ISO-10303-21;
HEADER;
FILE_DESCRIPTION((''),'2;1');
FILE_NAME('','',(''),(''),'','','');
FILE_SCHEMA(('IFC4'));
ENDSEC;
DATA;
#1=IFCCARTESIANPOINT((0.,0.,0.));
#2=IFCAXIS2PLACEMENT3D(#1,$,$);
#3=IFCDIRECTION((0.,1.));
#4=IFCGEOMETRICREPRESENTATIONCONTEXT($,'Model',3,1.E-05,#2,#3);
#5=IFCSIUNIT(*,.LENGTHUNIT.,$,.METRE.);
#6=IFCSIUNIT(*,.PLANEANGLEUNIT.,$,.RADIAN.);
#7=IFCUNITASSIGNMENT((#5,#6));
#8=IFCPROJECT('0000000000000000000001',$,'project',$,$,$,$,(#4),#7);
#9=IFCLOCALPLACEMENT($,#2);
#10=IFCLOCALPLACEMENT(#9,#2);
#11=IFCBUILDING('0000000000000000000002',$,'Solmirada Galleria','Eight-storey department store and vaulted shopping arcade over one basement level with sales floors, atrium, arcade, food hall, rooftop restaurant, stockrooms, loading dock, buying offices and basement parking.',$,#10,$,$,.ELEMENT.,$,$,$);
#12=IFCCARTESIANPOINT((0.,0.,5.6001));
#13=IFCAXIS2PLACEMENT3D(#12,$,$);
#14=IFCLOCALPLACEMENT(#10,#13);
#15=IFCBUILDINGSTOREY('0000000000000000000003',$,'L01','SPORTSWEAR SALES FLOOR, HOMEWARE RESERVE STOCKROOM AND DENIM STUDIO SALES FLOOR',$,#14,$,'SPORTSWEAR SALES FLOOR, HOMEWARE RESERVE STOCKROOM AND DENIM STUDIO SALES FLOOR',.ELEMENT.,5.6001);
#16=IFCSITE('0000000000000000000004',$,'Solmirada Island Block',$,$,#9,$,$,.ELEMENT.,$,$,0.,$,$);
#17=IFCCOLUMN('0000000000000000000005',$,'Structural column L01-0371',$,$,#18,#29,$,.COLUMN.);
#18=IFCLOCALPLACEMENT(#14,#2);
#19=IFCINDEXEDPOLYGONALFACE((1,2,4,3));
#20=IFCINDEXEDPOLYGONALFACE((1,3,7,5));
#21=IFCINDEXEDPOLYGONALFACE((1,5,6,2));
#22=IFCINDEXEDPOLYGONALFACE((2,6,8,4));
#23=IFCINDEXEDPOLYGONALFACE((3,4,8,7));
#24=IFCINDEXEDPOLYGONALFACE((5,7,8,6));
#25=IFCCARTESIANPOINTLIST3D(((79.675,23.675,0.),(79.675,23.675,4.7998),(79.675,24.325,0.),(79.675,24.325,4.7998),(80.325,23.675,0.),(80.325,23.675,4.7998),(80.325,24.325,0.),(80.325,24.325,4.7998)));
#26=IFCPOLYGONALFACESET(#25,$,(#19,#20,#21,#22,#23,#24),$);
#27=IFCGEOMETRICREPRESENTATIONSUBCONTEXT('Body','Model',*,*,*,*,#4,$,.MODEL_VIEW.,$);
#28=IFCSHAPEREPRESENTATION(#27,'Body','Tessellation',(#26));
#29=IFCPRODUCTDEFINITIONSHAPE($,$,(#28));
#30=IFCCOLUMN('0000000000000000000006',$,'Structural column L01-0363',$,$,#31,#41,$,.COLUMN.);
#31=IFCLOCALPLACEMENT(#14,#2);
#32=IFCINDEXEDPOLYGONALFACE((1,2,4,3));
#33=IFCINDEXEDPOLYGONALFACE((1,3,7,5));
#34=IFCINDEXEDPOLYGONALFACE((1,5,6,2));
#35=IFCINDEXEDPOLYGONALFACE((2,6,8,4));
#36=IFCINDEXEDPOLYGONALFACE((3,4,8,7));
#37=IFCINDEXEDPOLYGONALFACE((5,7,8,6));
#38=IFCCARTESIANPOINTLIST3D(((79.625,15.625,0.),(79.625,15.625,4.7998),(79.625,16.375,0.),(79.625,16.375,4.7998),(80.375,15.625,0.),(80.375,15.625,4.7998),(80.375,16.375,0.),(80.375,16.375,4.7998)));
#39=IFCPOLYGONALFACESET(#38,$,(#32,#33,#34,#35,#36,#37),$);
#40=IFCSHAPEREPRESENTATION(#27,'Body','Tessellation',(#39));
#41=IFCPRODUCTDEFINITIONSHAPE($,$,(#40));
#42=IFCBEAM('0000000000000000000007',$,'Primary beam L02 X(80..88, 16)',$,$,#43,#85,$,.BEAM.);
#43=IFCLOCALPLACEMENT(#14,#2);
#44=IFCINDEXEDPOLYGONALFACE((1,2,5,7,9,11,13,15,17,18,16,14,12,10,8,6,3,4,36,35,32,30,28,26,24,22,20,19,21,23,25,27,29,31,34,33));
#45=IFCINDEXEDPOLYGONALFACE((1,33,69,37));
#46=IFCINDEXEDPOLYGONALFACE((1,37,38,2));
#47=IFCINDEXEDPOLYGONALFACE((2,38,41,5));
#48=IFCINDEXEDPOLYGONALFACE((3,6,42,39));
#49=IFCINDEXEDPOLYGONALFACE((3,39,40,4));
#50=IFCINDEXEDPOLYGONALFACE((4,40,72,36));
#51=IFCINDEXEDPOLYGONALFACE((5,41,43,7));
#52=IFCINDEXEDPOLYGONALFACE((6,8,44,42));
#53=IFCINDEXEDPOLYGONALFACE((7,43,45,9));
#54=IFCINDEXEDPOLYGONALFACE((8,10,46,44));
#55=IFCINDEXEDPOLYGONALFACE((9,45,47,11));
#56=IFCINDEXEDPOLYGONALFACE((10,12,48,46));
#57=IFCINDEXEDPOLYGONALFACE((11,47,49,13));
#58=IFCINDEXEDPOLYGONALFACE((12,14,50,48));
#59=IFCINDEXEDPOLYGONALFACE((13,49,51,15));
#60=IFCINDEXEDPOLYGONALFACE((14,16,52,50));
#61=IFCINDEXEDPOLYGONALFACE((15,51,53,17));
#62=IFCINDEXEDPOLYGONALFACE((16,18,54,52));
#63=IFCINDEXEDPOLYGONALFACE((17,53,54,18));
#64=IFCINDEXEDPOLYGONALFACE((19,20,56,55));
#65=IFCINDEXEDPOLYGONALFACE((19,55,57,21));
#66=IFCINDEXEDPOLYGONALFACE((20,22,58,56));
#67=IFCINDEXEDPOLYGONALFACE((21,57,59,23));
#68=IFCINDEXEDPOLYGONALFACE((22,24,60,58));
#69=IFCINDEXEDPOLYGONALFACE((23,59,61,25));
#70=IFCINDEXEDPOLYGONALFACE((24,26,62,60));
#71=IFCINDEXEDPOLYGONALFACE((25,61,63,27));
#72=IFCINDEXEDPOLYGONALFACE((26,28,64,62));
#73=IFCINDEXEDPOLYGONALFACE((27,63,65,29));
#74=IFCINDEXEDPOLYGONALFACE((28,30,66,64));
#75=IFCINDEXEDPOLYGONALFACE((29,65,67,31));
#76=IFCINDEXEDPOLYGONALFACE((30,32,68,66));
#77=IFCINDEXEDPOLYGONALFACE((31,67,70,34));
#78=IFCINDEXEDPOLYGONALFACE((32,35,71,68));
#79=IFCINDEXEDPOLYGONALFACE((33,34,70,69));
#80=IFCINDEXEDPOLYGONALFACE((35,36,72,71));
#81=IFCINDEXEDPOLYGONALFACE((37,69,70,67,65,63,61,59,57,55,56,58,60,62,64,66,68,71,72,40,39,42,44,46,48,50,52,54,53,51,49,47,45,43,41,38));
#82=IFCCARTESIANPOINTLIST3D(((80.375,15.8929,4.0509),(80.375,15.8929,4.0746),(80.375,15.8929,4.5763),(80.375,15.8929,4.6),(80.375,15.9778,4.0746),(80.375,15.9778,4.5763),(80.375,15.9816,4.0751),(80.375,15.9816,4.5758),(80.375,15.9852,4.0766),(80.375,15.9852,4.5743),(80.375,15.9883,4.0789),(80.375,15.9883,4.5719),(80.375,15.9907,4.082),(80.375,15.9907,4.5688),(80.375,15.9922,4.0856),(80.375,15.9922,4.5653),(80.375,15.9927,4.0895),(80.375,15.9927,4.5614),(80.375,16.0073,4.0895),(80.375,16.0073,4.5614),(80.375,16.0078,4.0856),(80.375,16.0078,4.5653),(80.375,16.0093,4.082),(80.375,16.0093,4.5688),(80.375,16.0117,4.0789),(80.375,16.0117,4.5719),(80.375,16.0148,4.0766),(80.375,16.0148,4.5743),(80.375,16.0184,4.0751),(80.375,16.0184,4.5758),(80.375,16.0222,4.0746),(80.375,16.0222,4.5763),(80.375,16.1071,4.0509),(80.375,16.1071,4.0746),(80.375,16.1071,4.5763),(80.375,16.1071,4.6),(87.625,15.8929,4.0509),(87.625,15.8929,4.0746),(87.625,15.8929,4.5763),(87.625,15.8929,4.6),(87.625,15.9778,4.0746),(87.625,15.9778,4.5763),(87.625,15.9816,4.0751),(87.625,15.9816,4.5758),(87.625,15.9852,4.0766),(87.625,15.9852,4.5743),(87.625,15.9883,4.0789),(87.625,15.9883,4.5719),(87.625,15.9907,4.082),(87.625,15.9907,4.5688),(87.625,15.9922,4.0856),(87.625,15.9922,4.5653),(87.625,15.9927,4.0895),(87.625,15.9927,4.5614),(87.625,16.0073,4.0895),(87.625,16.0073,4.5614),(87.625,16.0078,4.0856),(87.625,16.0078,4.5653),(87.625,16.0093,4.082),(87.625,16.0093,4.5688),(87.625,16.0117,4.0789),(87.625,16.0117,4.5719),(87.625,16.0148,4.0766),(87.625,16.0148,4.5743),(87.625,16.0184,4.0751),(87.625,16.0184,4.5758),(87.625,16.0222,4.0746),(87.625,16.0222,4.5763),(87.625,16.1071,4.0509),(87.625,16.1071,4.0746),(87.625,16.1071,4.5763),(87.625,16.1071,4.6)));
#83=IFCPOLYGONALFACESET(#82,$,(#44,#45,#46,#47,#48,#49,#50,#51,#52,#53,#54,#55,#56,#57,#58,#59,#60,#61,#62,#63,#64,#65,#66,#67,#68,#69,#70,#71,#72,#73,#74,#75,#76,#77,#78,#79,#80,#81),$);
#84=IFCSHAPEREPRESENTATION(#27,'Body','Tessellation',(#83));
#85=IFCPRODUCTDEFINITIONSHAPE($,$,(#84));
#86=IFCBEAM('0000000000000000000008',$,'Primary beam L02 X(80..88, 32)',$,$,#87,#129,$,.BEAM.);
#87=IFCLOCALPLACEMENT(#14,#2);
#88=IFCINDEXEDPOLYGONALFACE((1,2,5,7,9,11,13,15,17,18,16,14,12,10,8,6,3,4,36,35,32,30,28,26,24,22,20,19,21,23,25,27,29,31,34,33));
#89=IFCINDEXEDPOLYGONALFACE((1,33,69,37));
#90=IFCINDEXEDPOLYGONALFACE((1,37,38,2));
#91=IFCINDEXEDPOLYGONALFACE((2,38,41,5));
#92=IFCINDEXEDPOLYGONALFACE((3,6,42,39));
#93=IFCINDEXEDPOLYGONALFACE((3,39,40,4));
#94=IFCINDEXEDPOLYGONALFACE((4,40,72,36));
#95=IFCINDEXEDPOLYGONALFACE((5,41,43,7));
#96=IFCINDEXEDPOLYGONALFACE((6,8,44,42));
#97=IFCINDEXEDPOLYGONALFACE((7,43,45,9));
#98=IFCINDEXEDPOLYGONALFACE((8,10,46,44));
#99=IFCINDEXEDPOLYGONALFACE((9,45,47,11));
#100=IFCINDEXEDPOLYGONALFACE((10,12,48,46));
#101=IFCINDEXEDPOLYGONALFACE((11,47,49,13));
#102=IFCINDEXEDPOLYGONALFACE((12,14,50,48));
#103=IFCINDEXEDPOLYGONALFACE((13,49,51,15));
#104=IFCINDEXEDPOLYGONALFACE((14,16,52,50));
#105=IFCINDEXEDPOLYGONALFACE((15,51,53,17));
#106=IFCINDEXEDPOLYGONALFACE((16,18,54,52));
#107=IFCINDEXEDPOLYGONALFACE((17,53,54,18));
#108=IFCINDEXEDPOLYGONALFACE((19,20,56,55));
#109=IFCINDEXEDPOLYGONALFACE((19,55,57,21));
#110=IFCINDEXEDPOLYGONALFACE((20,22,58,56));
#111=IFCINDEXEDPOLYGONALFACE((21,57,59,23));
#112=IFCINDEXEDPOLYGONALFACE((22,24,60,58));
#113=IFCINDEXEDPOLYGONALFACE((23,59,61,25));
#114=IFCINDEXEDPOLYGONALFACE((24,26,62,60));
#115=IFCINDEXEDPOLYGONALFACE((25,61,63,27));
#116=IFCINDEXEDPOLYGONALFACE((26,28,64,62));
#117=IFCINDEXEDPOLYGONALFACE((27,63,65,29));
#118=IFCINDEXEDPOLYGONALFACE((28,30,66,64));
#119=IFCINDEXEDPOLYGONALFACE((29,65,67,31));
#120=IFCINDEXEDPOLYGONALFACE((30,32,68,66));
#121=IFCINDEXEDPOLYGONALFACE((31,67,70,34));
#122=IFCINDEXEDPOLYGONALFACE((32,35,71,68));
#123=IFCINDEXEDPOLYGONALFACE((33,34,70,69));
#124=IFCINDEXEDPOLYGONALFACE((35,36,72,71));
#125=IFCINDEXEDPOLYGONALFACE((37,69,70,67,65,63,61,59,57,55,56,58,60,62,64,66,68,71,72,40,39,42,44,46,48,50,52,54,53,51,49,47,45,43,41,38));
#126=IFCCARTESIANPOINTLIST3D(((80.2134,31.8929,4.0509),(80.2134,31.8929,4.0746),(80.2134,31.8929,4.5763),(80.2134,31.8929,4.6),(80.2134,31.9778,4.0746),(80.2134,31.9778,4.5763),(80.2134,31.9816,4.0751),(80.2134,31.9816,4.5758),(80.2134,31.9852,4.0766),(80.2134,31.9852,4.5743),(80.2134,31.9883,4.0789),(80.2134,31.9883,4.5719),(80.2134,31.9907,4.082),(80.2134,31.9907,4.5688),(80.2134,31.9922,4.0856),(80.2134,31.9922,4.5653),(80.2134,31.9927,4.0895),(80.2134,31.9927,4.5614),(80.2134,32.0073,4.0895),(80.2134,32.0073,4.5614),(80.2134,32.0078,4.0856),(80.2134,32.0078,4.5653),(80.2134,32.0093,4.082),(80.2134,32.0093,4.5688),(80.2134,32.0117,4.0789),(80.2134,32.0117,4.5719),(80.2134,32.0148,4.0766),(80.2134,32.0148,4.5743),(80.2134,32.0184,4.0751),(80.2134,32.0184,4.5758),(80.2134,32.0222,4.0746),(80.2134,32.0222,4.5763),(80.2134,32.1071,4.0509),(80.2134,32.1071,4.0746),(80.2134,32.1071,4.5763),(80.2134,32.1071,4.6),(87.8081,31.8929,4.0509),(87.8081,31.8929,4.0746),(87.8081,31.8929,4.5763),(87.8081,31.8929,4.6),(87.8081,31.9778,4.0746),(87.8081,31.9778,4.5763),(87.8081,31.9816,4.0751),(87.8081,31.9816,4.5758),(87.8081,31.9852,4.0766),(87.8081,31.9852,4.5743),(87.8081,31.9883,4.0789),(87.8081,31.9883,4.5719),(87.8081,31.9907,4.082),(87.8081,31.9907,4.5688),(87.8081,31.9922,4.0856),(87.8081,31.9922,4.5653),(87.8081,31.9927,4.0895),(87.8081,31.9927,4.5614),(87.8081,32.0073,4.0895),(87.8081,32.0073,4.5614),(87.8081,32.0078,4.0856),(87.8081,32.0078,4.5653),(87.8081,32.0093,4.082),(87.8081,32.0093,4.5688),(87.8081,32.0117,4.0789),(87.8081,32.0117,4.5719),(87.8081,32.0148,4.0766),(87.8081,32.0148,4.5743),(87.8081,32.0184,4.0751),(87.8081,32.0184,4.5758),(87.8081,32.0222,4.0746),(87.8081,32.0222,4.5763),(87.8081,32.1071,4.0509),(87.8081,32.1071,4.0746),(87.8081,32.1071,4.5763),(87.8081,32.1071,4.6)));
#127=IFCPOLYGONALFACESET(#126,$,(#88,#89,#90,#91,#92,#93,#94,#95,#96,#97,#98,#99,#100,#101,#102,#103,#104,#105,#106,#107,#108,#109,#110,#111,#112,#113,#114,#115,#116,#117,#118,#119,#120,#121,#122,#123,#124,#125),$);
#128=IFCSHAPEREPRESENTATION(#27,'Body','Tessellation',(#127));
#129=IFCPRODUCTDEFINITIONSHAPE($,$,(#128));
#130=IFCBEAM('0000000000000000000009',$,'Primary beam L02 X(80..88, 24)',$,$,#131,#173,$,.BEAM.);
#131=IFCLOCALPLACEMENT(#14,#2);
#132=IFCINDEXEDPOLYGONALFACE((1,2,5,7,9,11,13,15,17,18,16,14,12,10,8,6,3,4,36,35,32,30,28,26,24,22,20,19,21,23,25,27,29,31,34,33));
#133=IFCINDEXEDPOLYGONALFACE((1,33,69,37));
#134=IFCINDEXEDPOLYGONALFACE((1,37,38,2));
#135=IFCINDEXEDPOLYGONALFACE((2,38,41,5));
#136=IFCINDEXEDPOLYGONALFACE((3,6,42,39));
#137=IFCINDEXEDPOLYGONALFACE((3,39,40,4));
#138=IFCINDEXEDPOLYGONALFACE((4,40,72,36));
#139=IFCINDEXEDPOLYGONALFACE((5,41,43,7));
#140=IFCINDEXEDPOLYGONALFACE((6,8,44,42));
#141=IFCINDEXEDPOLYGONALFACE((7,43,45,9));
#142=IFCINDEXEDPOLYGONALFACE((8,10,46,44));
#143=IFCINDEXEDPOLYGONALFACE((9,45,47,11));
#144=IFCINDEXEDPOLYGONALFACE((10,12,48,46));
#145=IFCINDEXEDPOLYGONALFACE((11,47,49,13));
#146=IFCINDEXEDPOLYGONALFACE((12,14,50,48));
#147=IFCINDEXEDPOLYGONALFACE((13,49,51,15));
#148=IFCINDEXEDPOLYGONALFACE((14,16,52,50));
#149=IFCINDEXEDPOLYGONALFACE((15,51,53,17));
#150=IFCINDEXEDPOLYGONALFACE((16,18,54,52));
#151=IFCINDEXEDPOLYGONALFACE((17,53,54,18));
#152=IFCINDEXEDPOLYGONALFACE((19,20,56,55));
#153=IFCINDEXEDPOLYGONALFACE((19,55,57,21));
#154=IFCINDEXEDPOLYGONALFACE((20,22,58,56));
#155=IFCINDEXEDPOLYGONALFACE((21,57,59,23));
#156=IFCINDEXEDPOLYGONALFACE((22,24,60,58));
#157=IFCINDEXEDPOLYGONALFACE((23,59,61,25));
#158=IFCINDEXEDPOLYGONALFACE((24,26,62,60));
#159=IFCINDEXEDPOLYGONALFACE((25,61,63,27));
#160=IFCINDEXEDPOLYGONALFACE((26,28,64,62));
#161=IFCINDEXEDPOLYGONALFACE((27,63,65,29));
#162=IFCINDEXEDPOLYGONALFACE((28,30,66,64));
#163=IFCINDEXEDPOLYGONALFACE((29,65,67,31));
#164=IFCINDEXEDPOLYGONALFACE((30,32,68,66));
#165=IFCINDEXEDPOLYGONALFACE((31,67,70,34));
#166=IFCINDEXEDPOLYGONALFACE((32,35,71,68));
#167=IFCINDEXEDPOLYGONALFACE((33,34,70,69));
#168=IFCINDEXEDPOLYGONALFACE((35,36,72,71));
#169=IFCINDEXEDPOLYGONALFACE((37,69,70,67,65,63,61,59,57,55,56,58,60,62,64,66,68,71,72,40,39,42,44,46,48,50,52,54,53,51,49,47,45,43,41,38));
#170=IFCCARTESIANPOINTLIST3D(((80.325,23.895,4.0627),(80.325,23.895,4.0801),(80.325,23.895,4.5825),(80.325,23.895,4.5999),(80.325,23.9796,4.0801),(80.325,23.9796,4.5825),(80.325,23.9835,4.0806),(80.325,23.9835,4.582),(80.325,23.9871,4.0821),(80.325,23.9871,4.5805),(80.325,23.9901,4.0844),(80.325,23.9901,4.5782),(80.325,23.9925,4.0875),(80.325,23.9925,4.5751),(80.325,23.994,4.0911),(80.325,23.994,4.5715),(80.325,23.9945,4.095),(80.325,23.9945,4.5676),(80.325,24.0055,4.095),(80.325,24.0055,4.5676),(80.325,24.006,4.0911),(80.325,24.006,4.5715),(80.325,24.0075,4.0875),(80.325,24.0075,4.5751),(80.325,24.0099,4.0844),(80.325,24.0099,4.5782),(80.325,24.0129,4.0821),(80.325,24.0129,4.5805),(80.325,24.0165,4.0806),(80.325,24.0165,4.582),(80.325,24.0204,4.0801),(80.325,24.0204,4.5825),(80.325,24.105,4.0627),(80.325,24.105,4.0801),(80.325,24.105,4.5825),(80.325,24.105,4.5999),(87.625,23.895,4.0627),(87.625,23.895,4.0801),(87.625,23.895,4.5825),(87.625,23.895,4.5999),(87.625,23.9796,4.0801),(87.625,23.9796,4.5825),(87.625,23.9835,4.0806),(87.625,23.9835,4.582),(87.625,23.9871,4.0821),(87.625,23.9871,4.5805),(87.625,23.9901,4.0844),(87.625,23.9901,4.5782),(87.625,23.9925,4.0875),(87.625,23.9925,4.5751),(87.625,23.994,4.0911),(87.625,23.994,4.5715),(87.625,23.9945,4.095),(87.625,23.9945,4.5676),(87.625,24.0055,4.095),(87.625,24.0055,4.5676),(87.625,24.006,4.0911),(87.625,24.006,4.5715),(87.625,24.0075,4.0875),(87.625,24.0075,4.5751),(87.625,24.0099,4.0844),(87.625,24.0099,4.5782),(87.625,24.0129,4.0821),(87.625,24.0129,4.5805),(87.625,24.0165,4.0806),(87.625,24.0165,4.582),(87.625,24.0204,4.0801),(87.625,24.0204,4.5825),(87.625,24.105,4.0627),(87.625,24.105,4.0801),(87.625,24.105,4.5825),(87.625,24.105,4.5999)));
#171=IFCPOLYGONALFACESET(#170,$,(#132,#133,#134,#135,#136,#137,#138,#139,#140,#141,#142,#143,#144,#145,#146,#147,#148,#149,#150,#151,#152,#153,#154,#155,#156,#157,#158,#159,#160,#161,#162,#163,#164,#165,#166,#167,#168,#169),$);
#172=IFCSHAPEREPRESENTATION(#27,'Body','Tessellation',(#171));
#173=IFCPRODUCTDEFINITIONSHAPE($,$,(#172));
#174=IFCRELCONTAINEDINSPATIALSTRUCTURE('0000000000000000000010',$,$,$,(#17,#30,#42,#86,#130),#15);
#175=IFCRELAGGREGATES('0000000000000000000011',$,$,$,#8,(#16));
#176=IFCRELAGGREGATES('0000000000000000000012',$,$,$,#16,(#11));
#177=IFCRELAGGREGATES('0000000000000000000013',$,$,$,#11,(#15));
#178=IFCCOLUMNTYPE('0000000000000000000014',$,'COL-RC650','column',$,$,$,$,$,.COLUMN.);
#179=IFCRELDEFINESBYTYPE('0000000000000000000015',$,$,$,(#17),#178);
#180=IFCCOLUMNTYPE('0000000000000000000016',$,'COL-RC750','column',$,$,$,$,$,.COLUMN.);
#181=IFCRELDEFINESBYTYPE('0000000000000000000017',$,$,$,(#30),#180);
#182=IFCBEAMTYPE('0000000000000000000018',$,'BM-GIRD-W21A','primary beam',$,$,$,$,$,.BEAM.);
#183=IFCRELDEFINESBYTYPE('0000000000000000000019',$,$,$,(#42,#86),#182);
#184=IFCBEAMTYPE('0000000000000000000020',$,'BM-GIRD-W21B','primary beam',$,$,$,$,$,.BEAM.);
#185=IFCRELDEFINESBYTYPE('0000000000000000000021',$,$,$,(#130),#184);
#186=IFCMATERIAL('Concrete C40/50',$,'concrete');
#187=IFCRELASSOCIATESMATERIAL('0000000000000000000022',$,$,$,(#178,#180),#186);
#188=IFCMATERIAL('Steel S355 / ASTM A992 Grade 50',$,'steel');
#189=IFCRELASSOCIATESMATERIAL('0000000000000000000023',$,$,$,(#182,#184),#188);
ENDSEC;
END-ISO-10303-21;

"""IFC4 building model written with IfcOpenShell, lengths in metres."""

from ifc_helpers import new_model, si_unit, direction, frame, origin, origin_2d, place, context, subcontext, project, spatial, rectangle, i_section, extrude, material, material_profile, profile_set, type_object, element, save


model = new_model("IFC4")

# Units and contexts
model_context = context("Model", 3, precision=1e-05, world=origin(), true_north=direction((0.0, 1.0)))
body_context = subcontext(model_context, "Body", "Model", "MODEL_VIEW")
ifc_project = project(units=[si_unit("LENGTHUNIT", "METRE"), si_unit("PLANEANGLEUNIT", "RADIAN")], contexts=[model_context])

# Site, building, storey
site_placement = place(None, origin())
site = spatial("IfcSite", under=ifc_project, at=site_placement, Name="Solmirada Island Block", CompositionType="ELEMENT", RefElevation=0.0)
building_placement = place(site_placement, origin())
building = spatial("IfcBuilding", under=site, at=building_placement, Name="Solmirada Galleria", Description="Eight-storey department store and vaulted shopping arcade over one basement level with sales floors, atrium, arcade, food hall, rooftop restaurant, stockrooms, loading dock, buying offices and basement parking.", CompositionType="ELEMENT")
storey_placement = place(building_placement, frame((0.0, 0.0, 5.6001)))
storey = spatial("IfcBuildingStorey", under=building, at=storey_placement, Name="L01", Description="SPORTSWEAR SALES FLOOR, HOMEWARE RESERVE STOCKROOM AND DENIM STUDIO SALES FLOOR", LongName="SPORTSWEAR SALES FLOOR, HOMEWARE RESERVE STOCKROOM AND DENIM STUDIO SALES FLOOR", CompositionType="ELEMENT", Elevation=5.6001)

# Columns
ifc_material_1 = material(Name="Concrete C40/50", Category="concrete")
ifc_material_profile_1 = material_profile(ifc_material_1, rectangle(XDim=0.6499, YDim=0.6499, at=origin_2d()), Name="RC650X650")
ifc_profile_set_1 = profile_set([ifc_material_profile_1], Name="Concrete C40/50")
column_type_1 = type_object("IfcColumnType", Name="COL-RC650", Description="column", PredefinedType="COLUMN", material=ifc_profile_set_1)
column_1_placement = place(storey_placement, frame((80.0, 24.0, 0.0), z_axis=(0.0, 0.0, 1.0), x_axis=(1.0, 0.0, 0.0)))
element("IfcColumn", 1, at=column_1_placement, inside=storey, type_object=column_type_1, Name="Structural column L01-0371", PredefinedType="COLUMN", context=body_context, shape_type="SweptSolid", body=[
    extrude(rectangle(XDim=0.6499, YDim=0.6499, at=origin_2d()), origin(), (0.0, 0.0, 1.0), 4.7998),
])
ifc_material_profile_2 = material_profile(ifc_material_1, rectangle(XDim=0.75, YDim=0.75, at=origin_2d()), Name="RC750X750")
ifc_profile_set_2 = profile_set([ifc_material_profile_2], Name="Concrete C40/50")
column_type_2 = type_object("IfcColumnType", Name="COL-RC750", Description="column", PredefinedType="COLUMN", material=ifc_profile_set_2)
column_2_placement = place(storey_placement, frame((80.0, 16.0, 0.0), z_axis=(0.0, 0.0, 1.0), x_axis=(1.0, 0.0, 0.0)))
element("IfcColumn", 2, at=column_2_placement, inside=storey, type_object=column_type_2, Name="Structural column L01-0363", PredefinedType="COLUMN", context=body_context, shape_type="SweptSolid", body=[
    extrude(rectangle(XDim=0.75, YDim=0.75, at=origin_2d()), origin(), (0.0, 0.0, 1.0), 4.7998),
])

# Beams
ifc_material_2 = material(Name="Steel S355 / ASTM A992 Grade 50", Category="steel")
ifc_material_profile_3 = material_profile(ifc_material_2, i_section(OverallWidth=0.2141, OverallDepth=0.5491, WebThickness=0.0146, FlangeThickness=0.0237, FilletRadius=0.0149, at=origin_2d()), Name="W21X93")
ifc_profile_set_3 = profile_set([ifc_material_profile_3], Name="Steel S355 / ASTM A992 Grade 50")
beam_type_1 = type_object("IfcBeamType", Name="BM-GIRD-W21A", Description="primary beam", PredefinedType="BEAM", material=ifc_profile_set_3)
beam_1_placement = place(storey_placement, frame((80.375, 16.0, 4.3254), z_axis=(1.0, 0.0, 0.0), x_axis=(0.0, 1.0, 0.0)))
element("IfcBeam", 3, at=beam_1_placement, inside=storey, type_object=beam_type_1, Name="Primary beam L02 X(80..88, 16)", PredefinedType="BEAM", context=body_context, shape_type="SweptSolid", body=[
    extrude(i_section(OverallWidth=0.2141, OverallDepth=0.5491, WebThickness=0.0146, FlangeThickness=0.0237, FilletRadius=0.0149, at=origin_2d()), origin(), (0.0, 0.0, 1.0), 7.25),
])
beam_2_placement = place(storey_placement, frame((80.2134, 32.0, 4.3254), z_axis=(1.0, 0.0, 0.0), x_axis=(0.0, 1.0, 0.0)))
element("IfcBeam", 4, at=beam_2_placement, inside=storey, type_object=beam_type_1, Name="Primary beam L02 X(80..88, 32)", PredefinedType="BEAM", context=body_context, shape_type="SweptSolid", body=[
    extrude(i_section(OverallWidth=0.2141, OverallDepth=0.5491, WebThickness=0.0146, FlangeThickness=0.0237, FilletRadius=0.0149, at=origin_2d()), origin(), (0.0, 0.0, 1.0), 7.5947),
])
ifc_material_profile_4 = material_profile(ifc_material_2, i_section(OverallWidth=0.21, OverallDepth=0.5371, WebThickness=0.011, FlangeThickness=0.0173, FilletRadius=0.0149, at=origin_2d()), Name="W21X68")
ifc_profile_set_4 = profile_set([ifc_material_profile_4], Name="Steel S355 / ASTM A992 Grade 50")
beam_type_2 = type_object("IfcBeamType", Name="BM-GIRD-W21B", Description="primary beam", PredefinedType="BEAM", material=ifc_profile_set_4)
for number, where, z_axis, x_axis, name in (
    (5, (80.325, 24.0, 4.3313), (1.0, 0.0, 0.0), (0.0, 1.0, 0.0), "Primary beam L02 X(80..88, 24)"),
):
    element("IfcBeam", number, at=place(storey_placement, frame(where, z_axis=z_axis, x_axis=x_axis)), inside=storey, type_object=beam_type_2, Name=name, PredefinedType="BEAM", context=body_context, shape_type="SweptSolid", body=[
        extrude(i_section(OverallWidth=0.21, OverallDepth=0.5371, WebThickness=0.011, FlangeThickness=0.0173, FilletRadius=0.0149, at=origin_2d()), origin(), (0.0, 0.0, 1.0), 7.3),
    ])

save(model, "model.ifc")
